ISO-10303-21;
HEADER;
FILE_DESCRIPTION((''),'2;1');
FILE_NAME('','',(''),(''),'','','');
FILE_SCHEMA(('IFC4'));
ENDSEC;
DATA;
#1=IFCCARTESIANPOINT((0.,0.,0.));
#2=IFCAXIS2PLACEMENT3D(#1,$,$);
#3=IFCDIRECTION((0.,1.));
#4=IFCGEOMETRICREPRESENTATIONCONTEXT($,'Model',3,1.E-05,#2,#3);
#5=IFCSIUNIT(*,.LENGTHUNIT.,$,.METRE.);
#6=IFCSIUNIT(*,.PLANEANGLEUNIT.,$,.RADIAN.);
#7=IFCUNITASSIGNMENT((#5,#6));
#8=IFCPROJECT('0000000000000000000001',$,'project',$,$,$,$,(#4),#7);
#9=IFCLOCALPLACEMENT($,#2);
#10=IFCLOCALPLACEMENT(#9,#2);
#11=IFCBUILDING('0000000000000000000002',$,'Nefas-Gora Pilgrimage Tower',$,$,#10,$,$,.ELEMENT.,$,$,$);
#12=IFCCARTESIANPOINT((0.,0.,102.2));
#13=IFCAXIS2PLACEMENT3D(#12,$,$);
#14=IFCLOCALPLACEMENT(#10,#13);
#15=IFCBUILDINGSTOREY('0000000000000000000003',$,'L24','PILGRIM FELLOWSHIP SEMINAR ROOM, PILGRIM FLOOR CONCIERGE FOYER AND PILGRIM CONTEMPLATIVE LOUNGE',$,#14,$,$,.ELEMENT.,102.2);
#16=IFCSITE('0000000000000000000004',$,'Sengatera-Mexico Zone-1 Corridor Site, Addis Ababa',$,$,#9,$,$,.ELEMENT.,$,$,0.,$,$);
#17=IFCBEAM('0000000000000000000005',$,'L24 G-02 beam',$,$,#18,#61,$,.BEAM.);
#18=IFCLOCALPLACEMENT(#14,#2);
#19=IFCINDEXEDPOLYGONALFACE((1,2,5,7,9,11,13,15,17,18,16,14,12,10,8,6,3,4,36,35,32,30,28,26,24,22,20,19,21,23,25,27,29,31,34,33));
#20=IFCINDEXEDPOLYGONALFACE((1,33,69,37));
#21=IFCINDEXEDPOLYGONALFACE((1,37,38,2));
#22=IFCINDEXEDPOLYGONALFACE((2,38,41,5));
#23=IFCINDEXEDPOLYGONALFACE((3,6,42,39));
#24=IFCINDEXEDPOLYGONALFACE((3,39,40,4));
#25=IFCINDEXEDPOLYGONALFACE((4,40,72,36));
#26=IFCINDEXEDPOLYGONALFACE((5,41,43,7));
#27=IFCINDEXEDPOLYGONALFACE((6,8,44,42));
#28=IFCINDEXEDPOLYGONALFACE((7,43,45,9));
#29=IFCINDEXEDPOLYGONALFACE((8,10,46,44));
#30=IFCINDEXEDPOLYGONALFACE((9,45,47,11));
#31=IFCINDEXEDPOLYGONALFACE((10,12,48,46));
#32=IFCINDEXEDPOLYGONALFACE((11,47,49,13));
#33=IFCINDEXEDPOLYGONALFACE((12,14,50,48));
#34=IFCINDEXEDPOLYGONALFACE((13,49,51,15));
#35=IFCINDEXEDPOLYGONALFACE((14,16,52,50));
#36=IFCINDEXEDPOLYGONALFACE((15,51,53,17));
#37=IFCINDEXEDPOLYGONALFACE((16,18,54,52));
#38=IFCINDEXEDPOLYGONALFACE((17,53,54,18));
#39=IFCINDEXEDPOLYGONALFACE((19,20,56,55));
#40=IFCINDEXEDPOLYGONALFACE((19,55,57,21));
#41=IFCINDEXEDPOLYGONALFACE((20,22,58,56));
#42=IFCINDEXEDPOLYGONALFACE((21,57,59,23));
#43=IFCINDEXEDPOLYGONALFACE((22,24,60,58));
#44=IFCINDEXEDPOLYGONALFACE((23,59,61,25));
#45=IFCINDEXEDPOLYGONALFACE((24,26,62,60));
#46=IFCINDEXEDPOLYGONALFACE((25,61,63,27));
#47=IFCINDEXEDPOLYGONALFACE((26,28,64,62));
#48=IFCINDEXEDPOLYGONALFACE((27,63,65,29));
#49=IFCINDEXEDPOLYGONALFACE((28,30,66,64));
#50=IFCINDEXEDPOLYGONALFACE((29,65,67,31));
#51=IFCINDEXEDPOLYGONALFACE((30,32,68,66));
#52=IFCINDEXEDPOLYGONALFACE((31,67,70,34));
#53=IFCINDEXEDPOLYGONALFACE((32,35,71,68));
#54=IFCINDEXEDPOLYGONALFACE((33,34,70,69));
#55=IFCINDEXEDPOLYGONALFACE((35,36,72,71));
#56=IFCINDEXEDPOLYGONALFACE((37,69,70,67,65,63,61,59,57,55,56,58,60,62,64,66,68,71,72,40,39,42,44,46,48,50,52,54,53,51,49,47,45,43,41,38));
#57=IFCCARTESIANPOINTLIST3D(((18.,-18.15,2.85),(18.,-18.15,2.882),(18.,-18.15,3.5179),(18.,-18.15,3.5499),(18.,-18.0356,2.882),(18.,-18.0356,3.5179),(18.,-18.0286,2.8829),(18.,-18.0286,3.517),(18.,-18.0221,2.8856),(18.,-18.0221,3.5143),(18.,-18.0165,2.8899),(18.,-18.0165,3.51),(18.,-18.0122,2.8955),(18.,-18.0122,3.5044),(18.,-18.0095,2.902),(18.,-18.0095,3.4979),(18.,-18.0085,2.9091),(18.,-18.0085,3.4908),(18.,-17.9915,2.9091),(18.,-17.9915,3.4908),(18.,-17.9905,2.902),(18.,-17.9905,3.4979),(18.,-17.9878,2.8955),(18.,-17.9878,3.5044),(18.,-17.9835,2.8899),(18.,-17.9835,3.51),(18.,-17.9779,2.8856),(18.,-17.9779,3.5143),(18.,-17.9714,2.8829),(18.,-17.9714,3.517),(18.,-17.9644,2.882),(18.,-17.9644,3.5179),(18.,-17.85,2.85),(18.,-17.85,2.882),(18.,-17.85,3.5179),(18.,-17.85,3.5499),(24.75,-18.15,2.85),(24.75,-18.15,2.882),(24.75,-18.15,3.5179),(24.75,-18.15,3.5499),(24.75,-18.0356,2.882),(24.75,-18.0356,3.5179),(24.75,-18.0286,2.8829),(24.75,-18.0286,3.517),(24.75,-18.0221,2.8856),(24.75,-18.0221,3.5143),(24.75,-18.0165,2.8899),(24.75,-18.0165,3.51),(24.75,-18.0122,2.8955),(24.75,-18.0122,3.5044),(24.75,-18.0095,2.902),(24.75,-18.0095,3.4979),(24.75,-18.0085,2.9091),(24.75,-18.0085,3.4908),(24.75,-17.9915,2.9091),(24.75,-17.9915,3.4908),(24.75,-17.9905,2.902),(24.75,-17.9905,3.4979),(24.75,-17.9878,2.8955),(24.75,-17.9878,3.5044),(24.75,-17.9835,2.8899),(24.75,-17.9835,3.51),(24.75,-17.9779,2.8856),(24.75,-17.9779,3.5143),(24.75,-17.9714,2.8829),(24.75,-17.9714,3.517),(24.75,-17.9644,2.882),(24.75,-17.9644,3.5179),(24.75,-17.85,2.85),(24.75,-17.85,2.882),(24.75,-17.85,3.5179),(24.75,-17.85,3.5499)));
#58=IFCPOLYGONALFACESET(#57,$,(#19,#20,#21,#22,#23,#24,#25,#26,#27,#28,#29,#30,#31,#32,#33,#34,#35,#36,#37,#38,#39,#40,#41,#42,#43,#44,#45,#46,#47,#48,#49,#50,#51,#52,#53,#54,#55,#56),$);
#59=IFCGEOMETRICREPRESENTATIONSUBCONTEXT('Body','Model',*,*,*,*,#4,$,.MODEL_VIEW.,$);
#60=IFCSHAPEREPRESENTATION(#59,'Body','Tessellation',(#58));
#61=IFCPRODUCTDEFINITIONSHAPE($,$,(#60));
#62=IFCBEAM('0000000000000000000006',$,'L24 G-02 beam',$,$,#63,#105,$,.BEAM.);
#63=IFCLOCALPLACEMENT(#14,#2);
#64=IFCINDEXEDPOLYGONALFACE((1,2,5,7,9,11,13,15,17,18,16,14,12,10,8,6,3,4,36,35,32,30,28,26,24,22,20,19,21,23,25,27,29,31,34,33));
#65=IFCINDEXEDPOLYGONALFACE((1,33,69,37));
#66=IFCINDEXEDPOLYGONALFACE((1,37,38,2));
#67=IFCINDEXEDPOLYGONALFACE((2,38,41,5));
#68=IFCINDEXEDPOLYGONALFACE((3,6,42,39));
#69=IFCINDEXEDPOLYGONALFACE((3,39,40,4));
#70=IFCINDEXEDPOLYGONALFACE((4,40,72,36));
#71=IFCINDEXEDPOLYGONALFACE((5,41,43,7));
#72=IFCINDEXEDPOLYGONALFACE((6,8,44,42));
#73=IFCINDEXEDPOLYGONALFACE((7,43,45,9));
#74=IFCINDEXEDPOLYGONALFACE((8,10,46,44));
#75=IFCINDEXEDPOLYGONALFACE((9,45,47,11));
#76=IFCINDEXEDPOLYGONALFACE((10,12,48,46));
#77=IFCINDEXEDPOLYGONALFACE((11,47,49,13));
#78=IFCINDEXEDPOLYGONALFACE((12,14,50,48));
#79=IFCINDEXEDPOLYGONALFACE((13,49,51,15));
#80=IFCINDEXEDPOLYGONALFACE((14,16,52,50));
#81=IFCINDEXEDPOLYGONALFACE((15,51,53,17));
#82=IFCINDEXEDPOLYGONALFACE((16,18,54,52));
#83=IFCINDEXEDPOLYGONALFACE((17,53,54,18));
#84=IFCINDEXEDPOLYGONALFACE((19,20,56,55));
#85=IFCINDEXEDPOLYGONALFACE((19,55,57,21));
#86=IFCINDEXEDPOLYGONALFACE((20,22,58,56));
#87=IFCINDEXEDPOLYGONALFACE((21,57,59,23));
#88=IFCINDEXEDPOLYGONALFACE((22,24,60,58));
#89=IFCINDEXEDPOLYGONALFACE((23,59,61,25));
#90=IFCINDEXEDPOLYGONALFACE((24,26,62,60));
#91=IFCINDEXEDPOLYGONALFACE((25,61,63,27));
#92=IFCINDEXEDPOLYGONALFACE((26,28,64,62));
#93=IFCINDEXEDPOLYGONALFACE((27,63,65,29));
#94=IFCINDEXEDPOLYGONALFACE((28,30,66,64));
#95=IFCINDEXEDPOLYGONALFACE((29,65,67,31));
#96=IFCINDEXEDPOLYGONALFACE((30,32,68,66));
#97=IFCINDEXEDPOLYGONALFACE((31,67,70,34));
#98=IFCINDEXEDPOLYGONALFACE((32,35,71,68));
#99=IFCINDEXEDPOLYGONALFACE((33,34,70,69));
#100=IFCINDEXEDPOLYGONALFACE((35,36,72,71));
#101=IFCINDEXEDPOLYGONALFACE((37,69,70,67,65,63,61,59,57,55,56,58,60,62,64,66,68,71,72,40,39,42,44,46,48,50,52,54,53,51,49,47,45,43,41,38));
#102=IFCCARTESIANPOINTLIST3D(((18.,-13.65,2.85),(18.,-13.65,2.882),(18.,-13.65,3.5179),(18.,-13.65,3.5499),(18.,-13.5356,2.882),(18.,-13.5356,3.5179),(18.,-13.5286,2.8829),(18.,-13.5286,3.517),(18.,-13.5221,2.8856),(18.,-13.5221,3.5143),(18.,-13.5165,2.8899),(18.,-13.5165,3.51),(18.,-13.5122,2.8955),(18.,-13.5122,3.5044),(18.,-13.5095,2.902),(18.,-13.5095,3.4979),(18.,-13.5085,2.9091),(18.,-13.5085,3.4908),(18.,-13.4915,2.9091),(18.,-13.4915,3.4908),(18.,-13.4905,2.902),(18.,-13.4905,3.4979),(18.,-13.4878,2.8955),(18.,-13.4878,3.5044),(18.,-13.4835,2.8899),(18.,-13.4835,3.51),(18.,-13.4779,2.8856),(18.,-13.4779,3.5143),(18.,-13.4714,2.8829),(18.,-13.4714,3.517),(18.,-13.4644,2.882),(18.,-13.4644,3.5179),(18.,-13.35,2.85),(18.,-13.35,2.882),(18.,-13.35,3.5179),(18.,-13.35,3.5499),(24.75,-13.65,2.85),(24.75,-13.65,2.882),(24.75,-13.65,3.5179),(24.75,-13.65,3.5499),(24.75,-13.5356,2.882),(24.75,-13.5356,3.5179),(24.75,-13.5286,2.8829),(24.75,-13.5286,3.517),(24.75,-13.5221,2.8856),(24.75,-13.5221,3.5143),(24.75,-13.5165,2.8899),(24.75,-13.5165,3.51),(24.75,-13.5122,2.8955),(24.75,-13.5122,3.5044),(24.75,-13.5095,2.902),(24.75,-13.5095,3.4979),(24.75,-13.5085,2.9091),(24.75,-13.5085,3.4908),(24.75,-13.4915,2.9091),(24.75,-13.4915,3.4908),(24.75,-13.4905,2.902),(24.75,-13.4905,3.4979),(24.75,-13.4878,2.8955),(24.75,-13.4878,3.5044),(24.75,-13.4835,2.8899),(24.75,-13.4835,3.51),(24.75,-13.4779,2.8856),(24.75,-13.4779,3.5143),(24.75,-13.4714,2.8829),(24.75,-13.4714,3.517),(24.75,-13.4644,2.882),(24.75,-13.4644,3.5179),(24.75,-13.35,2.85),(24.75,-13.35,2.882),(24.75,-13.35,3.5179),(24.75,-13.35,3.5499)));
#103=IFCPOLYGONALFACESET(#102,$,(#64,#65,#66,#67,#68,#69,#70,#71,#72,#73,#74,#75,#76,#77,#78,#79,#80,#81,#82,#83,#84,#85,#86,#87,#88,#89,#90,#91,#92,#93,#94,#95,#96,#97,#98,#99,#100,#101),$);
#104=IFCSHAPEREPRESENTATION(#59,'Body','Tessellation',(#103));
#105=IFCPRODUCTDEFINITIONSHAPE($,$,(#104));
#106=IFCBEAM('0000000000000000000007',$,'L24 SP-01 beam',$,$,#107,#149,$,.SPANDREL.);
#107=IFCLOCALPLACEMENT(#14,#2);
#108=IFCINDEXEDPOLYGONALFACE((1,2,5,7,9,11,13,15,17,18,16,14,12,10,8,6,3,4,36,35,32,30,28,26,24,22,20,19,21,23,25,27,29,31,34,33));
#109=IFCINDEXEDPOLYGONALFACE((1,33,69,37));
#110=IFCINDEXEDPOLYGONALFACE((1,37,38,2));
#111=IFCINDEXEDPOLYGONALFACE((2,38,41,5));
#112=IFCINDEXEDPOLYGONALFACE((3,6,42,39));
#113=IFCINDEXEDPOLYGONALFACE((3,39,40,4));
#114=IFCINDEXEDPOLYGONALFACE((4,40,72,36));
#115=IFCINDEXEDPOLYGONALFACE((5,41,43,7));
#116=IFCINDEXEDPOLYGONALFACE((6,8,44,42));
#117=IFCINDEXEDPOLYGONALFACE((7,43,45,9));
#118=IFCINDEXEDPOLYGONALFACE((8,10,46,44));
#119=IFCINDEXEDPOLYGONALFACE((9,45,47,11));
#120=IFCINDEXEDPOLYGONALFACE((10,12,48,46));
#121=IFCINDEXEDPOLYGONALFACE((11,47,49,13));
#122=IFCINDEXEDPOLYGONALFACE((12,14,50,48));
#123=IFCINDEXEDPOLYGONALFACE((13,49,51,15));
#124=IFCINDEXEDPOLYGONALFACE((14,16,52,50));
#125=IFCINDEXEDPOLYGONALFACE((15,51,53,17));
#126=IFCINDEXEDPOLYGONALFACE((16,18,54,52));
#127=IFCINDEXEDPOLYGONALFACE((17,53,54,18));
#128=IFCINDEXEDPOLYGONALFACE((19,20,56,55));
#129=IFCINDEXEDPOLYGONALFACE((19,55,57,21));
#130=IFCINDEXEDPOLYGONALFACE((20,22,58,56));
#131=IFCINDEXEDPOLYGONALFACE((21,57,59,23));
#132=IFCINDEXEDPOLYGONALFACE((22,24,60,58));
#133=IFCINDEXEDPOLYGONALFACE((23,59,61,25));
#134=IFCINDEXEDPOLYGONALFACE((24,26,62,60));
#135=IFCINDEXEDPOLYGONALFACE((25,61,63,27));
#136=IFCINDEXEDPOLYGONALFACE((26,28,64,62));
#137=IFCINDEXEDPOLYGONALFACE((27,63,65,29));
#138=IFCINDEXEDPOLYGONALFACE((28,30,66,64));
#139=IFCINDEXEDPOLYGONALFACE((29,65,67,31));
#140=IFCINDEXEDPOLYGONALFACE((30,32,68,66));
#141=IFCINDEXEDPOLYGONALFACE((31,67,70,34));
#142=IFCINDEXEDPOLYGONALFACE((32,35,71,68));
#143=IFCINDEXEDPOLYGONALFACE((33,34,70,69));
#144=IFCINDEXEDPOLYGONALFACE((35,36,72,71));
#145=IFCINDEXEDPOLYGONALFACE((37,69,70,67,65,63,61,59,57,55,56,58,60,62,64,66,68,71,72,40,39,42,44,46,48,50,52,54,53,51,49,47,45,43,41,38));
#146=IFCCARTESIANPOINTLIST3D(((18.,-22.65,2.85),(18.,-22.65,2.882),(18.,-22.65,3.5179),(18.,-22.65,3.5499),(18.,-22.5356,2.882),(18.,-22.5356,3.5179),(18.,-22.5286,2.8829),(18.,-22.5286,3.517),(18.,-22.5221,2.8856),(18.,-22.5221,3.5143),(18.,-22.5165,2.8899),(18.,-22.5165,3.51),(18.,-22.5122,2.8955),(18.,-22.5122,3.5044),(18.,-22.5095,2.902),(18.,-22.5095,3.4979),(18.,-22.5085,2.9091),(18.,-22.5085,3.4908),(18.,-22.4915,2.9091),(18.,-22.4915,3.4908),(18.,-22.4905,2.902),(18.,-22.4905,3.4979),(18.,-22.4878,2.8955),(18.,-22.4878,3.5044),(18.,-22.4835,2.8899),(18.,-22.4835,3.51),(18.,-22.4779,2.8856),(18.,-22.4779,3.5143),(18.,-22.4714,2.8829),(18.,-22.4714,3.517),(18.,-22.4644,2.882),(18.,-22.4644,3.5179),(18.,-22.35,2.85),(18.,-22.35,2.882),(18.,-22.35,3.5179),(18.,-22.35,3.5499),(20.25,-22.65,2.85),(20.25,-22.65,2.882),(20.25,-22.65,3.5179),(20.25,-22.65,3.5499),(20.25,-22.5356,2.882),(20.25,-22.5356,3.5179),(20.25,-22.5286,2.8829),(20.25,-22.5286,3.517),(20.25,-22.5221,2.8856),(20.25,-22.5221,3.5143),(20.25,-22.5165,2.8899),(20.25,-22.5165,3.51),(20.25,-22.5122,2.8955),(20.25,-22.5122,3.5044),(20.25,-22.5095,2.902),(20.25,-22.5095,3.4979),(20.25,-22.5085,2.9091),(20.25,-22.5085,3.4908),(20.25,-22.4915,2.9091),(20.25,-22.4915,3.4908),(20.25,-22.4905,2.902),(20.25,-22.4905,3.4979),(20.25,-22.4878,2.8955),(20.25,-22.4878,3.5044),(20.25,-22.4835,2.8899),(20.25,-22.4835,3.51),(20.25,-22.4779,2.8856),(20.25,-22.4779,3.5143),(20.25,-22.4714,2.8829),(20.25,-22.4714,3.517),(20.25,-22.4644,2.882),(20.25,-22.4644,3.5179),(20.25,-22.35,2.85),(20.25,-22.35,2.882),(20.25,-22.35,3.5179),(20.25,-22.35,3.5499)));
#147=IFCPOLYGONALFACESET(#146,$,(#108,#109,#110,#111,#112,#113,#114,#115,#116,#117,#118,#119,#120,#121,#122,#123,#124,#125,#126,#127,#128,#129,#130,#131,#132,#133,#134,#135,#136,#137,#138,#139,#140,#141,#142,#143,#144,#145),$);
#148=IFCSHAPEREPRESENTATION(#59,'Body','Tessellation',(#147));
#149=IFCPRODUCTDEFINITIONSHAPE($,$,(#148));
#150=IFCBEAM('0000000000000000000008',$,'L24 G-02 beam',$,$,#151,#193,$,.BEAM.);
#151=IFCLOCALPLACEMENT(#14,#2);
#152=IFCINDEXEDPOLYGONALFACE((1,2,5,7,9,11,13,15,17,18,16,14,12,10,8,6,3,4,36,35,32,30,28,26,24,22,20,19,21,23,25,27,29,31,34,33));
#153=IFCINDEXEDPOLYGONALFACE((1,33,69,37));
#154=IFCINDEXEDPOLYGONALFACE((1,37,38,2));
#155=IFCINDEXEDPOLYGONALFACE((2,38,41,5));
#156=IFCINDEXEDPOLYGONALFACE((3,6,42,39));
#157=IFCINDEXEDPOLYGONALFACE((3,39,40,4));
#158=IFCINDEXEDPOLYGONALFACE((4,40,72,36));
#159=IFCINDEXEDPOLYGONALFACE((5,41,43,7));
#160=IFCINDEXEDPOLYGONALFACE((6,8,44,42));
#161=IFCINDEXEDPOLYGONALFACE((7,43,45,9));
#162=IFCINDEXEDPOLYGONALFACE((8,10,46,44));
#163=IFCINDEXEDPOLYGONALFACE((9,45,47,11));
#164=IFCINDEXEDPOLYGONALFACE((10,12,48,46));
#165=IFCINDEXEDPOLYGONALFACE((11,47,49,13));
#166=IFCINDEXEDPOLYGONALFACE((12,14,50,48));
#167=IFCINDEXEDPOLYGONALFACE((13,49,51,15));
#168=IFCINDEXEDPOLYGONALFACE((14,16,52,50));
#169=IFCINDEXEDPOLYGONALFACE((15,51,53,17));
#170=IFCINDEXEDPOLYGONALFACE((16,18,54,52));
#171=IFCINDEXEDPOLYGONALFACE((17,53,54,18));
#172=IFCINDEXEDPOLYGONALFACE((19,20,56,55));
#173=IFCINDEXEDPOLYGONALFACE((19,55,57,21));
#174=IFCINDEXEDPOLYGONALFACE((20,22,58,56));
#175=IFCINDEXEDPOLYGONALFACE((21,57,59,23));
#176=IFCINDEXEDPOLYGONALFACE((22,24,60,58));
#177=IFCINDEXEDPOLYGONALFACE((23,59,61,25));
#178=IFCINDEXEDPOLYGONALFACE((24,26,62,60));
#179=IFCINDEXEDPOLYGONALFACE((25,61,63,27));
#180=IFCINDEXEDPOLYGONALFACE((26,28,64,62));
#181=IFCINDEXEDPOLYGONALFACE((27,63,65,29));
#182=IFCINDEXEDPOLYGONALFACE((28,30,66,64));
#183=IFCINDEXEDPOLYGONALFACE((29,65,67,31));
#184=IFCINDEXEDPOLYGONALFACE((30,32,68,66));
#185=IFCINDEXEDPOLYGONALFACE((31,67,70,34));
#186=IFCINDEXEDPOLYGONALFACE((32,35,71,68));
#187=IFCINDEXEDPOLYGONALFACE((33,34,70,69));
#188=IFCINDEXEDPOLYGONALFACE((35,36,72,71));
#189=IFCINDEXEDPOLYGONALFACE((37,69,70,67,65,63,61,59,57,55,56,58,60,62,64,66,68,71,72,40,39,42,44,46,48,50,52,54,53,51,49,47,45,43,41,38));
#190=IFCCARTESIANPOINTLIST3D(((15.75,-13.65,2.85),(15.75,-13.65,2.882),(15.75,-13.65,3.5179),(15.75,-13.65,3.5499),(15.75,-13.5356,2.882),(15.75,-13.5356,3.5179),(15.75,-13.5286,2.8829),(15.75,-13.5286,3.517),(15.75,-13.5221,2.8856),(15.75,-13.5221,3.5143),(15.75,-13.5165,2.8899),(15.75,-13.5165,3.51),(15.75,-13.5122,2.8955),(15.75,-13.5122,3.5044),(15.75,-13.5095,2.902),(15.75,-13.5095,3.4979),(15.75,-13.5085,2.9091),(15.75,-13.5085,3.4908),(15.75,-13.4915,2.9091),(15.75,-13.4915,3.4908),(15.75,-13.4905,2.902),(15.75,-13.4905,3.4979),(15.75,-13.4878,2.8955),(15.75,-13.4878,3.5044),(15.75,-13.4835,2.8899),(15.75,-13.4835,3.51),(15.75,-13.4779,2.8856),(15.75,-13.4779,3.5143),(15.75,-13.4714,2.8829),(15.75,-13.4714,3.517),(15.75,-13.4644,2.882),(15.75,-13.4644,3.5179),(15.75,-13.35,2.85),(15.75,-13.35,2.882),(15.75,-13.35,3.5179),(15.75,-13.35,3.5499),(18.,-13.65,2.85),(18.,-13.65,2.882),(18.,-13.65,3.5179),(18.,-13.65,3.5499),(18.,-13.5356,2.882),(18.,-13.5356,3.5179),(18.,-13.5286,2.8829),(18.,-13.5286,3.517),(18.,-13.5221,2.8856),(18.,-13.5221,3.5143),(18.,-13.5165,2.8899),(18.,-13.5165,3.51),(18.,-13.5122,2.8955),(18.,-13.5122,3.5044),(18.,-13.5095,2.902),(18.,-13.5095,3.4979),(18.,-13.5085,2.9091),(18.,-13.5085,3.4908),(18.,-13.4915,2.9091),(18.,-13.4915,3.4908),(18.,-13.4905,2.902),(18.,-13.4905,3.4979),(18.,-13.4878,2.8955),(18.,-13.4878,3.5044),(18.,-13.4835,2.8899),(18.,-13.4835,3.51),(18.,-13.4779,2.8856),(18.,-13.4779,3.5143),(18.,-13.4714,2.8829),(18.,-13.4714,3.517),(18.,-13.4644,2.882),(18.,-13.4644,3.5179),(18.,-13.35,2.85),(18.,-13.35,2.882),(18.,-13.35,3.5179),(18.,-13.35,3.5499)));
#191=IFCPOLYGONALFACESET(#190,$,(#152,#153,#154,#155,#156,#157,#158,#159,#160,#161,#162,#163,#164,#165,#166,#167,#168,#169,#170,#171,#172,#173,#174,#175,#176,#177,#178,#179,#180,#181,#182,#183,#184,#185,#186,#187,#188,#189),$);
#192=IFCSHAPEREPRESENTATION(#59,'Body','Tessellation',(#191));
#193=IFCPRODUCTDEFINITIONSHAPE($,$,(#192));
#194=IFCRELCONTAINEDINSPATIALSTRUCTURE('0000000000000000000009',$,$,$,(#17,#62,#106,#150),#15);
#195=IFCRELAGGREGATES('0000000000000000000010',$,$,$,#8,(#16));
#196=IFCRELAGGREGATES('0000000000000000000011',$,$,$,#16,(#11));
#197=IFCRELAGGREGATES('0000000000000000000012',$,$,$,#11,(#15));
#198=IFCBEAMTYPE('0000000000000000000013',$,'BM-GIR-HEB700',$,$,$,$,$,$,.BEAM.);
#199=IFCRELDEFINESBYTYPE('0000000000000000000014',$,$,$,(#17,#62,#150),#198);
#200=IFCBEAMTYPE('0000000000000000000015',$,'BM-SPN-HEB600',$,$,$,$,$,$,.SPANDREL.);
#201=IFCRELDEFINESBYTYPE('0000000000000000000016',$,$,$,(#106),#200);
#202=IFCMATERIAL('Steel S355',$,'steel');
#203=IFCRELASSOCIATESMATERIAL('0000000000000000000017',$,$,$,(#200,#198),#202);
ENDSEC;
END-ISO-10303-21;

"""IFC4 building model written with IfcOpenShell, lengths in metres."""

from ifc_helpers import new_model, si_unit, direction, frame, origin, origin_2d, place, context, subcontext, project, spatial, i_section, extrude, source, transform, mapped, material, material_profile, profile_set, type_object, element, save


model = new_model("IFC4")

# Units and contexts
model_context = context("Model", 3, precision=1e-05, world=origin(), true_north=direction((0.0, 1.0)))
body_context = subcontext(model_context, "Body", "Model", "MODEL_VIEW")
ifc_project = project(units=[si_unit("LENGTHUNIT", "METRE"), si_unit("PLANEANGLEUNIT", "RADIAN")], contexts=[model_context])

# Site, building, storey
site_placement = place(None, origin())
site = spatial("IfcSite", under=ifc_project, at=site_placement, Name="Sengatera-Mexico Zone-1 Corridor Site, Addis Ababa", CompositionType="ELEMENT", RefElevation=0.0)
building_placement = place(site_placement, origin())
building = spatial("IfcBuilding", under=site, at=building_placement, Name="Nefas-Gora Pilgrimage Tower", CompositionType="ELEMENT")
storey_placement = place(building_placement, frame((0.0, 0.0, 102.2)))
storey = spatial("IfcBuildingStorey", under=building, at=storey_placement, Name="L24", Description="PILGRIM FELLOWSHIP SEMINAR ROOM, PILGRIM FLOOR CONCIERGE FOYER AND PILGRIM CONTEMPLATIVE LOUNGE", CompositionType="ELEMENT", Elevation=102.2)

# Beams
ifc_material_1 = material(Name="Steel S355", Category="steel")
ifc_material_profile_1 = material_profile(ifc_material_1, i_section(OverallWidth=0.3, OverallDepth=0.7, WebThickness=0.0171, FlangeThickness=0.032, FilletRadius=0.0271, at=origin_2d()), Name="HEB 700")
ifc_profile_set_1 = profile_set([ifc_material_profile_1], Name="Steel S355")
beam_type_1 = type_object("IfcBeamType", Name="BM-SPN-HEB600", PredefinedType="SPANDREL", material=ifc_profile_set_1)
ifc_material_profile_2 = material_profile(ifc_material_1, i_section(OverallWidth=0.3, OverallDepth=0.7, WebThickness=0.0171, FlangeThickness=0.032, FilletRadius=0.0271, at=origin_2d()), Name="HEB 700")
ifc_profile_set_2 = profile_set([ifc_material_profile_2], Name="Steel S355")
beam_type_2 = type_object("IfcBeamType", Name="BM-GIR-HEB700", PredefinedType="BEAM", material=ifc_profile_set_2)
shared_shape_1 = source(origin(), body_context, "Body", "SweptSolid", [
    extrude(i_section(OverallWidth=0.3, OverallDepth=0.7, WebThickness=0.0171, FlangeThickness=0.032, FilletRadius=0.0271, at=origin_2d()), origin(), (0.0, 0.0, 1.0), 6.75),
])
for number, where, z_axis, x_axis, name in (
    (1, (18.0, -18.0, 3.2), (1.0, 0.0, 0.0), (0.0, 1.0, 0.0), "L24 G-02 beam"),
    (2, (18.0, -13.5, 3.2), (1.0, 0.0, 0.0), (0.0, 1.0, 0.0), "L24 G-02 beam"),
):
    element("IfcBeam", number, at=place(storey_placement, frame(where, z_axis=z_axis, x_axis=x_axis)), inside=storey, type_object=beam_type_2, Name=name, PredefinedType="BEAM", context=body_context, shape_type="MappedRepresentation", body=[
        mapped(shared_shape_1, transform((0.0, 0.0, 0.0), x_axis=(1.0, 0.0, 0.0), y_axis=(0.0, 1.0, 0.0), z_axis=(0.0, 0.0, 1.0), scale=1.0)),
    ])
shared_shape_2 = source(origin(), body_context, "Body", "SweptSolid", [
    extrude(i_section(OverallWidth=0.3, OverallDepth=0.7, WebThickness=0.0171, FlangeThickness=0.032, FilletRadius=0.0271, at=origin_2d()), origin(), (0.0, 0.0, 1.0), 2.25),
])
beam_1_placement = place(storey_placement, frame((18.0, -22.5, 3.2), z_axis=(1.0, 0.0, 0.0), x_axis=(0.0, 1.0, 0.0)))
element("IfcBeam", 3, at=beam_1_placement, inside=storey, type_object=beam_type_1, Name="L24 SP-01 beam", PredefinedType="SPANDREL", context=body_context, shape_type="MappedRepresentation", body=[
    mapped(shared_shape_2, transform((0.0, 0.0, 0.0), x_axis=(1.0, 0.0, 0.0), y_axis=(0.0, 1.0, 0.0), z_axis=(0.0, 0.0, 1.0), scale=1.0)),
])
shared_shape_3 = source(origin(), body_context, "Body", "SweptSolid", [
    extrude(i_section(OverallWidth=0.3, OverallDepth=0.7, WebThickness=0.0171, FlangeThickness=0.032, FilletRadius=0.0271, at=origin_2d()), origin(), (0.0, 0.0, 1.0), 2.25),
])
beam_2_placement = place(storey_placement, frame((15.75, -13.5, 3.2), z_axis=(1.0, 0.0, 0.0), x_axis=(0.0, 1.0, 0.0)))
element("IfcBeam", 4, at=beam_2_placement, inside=storey, type_object=beam_type_2, Name="L24 G-02 beam", PredefinedType="BEAM", context=body_context, shape_type="MappedRepresentation", body=[
    mapped(shared_shape_3, transform((0.0, 0.0, 0.0), x_axis=(1.0, 0.0, 0.0), y_axis=(0.0, 1.0, 0.0), z_axis=(0.0, 0.0, 1.0), scale=1.0)),
])

save(model, "model.ifc")
